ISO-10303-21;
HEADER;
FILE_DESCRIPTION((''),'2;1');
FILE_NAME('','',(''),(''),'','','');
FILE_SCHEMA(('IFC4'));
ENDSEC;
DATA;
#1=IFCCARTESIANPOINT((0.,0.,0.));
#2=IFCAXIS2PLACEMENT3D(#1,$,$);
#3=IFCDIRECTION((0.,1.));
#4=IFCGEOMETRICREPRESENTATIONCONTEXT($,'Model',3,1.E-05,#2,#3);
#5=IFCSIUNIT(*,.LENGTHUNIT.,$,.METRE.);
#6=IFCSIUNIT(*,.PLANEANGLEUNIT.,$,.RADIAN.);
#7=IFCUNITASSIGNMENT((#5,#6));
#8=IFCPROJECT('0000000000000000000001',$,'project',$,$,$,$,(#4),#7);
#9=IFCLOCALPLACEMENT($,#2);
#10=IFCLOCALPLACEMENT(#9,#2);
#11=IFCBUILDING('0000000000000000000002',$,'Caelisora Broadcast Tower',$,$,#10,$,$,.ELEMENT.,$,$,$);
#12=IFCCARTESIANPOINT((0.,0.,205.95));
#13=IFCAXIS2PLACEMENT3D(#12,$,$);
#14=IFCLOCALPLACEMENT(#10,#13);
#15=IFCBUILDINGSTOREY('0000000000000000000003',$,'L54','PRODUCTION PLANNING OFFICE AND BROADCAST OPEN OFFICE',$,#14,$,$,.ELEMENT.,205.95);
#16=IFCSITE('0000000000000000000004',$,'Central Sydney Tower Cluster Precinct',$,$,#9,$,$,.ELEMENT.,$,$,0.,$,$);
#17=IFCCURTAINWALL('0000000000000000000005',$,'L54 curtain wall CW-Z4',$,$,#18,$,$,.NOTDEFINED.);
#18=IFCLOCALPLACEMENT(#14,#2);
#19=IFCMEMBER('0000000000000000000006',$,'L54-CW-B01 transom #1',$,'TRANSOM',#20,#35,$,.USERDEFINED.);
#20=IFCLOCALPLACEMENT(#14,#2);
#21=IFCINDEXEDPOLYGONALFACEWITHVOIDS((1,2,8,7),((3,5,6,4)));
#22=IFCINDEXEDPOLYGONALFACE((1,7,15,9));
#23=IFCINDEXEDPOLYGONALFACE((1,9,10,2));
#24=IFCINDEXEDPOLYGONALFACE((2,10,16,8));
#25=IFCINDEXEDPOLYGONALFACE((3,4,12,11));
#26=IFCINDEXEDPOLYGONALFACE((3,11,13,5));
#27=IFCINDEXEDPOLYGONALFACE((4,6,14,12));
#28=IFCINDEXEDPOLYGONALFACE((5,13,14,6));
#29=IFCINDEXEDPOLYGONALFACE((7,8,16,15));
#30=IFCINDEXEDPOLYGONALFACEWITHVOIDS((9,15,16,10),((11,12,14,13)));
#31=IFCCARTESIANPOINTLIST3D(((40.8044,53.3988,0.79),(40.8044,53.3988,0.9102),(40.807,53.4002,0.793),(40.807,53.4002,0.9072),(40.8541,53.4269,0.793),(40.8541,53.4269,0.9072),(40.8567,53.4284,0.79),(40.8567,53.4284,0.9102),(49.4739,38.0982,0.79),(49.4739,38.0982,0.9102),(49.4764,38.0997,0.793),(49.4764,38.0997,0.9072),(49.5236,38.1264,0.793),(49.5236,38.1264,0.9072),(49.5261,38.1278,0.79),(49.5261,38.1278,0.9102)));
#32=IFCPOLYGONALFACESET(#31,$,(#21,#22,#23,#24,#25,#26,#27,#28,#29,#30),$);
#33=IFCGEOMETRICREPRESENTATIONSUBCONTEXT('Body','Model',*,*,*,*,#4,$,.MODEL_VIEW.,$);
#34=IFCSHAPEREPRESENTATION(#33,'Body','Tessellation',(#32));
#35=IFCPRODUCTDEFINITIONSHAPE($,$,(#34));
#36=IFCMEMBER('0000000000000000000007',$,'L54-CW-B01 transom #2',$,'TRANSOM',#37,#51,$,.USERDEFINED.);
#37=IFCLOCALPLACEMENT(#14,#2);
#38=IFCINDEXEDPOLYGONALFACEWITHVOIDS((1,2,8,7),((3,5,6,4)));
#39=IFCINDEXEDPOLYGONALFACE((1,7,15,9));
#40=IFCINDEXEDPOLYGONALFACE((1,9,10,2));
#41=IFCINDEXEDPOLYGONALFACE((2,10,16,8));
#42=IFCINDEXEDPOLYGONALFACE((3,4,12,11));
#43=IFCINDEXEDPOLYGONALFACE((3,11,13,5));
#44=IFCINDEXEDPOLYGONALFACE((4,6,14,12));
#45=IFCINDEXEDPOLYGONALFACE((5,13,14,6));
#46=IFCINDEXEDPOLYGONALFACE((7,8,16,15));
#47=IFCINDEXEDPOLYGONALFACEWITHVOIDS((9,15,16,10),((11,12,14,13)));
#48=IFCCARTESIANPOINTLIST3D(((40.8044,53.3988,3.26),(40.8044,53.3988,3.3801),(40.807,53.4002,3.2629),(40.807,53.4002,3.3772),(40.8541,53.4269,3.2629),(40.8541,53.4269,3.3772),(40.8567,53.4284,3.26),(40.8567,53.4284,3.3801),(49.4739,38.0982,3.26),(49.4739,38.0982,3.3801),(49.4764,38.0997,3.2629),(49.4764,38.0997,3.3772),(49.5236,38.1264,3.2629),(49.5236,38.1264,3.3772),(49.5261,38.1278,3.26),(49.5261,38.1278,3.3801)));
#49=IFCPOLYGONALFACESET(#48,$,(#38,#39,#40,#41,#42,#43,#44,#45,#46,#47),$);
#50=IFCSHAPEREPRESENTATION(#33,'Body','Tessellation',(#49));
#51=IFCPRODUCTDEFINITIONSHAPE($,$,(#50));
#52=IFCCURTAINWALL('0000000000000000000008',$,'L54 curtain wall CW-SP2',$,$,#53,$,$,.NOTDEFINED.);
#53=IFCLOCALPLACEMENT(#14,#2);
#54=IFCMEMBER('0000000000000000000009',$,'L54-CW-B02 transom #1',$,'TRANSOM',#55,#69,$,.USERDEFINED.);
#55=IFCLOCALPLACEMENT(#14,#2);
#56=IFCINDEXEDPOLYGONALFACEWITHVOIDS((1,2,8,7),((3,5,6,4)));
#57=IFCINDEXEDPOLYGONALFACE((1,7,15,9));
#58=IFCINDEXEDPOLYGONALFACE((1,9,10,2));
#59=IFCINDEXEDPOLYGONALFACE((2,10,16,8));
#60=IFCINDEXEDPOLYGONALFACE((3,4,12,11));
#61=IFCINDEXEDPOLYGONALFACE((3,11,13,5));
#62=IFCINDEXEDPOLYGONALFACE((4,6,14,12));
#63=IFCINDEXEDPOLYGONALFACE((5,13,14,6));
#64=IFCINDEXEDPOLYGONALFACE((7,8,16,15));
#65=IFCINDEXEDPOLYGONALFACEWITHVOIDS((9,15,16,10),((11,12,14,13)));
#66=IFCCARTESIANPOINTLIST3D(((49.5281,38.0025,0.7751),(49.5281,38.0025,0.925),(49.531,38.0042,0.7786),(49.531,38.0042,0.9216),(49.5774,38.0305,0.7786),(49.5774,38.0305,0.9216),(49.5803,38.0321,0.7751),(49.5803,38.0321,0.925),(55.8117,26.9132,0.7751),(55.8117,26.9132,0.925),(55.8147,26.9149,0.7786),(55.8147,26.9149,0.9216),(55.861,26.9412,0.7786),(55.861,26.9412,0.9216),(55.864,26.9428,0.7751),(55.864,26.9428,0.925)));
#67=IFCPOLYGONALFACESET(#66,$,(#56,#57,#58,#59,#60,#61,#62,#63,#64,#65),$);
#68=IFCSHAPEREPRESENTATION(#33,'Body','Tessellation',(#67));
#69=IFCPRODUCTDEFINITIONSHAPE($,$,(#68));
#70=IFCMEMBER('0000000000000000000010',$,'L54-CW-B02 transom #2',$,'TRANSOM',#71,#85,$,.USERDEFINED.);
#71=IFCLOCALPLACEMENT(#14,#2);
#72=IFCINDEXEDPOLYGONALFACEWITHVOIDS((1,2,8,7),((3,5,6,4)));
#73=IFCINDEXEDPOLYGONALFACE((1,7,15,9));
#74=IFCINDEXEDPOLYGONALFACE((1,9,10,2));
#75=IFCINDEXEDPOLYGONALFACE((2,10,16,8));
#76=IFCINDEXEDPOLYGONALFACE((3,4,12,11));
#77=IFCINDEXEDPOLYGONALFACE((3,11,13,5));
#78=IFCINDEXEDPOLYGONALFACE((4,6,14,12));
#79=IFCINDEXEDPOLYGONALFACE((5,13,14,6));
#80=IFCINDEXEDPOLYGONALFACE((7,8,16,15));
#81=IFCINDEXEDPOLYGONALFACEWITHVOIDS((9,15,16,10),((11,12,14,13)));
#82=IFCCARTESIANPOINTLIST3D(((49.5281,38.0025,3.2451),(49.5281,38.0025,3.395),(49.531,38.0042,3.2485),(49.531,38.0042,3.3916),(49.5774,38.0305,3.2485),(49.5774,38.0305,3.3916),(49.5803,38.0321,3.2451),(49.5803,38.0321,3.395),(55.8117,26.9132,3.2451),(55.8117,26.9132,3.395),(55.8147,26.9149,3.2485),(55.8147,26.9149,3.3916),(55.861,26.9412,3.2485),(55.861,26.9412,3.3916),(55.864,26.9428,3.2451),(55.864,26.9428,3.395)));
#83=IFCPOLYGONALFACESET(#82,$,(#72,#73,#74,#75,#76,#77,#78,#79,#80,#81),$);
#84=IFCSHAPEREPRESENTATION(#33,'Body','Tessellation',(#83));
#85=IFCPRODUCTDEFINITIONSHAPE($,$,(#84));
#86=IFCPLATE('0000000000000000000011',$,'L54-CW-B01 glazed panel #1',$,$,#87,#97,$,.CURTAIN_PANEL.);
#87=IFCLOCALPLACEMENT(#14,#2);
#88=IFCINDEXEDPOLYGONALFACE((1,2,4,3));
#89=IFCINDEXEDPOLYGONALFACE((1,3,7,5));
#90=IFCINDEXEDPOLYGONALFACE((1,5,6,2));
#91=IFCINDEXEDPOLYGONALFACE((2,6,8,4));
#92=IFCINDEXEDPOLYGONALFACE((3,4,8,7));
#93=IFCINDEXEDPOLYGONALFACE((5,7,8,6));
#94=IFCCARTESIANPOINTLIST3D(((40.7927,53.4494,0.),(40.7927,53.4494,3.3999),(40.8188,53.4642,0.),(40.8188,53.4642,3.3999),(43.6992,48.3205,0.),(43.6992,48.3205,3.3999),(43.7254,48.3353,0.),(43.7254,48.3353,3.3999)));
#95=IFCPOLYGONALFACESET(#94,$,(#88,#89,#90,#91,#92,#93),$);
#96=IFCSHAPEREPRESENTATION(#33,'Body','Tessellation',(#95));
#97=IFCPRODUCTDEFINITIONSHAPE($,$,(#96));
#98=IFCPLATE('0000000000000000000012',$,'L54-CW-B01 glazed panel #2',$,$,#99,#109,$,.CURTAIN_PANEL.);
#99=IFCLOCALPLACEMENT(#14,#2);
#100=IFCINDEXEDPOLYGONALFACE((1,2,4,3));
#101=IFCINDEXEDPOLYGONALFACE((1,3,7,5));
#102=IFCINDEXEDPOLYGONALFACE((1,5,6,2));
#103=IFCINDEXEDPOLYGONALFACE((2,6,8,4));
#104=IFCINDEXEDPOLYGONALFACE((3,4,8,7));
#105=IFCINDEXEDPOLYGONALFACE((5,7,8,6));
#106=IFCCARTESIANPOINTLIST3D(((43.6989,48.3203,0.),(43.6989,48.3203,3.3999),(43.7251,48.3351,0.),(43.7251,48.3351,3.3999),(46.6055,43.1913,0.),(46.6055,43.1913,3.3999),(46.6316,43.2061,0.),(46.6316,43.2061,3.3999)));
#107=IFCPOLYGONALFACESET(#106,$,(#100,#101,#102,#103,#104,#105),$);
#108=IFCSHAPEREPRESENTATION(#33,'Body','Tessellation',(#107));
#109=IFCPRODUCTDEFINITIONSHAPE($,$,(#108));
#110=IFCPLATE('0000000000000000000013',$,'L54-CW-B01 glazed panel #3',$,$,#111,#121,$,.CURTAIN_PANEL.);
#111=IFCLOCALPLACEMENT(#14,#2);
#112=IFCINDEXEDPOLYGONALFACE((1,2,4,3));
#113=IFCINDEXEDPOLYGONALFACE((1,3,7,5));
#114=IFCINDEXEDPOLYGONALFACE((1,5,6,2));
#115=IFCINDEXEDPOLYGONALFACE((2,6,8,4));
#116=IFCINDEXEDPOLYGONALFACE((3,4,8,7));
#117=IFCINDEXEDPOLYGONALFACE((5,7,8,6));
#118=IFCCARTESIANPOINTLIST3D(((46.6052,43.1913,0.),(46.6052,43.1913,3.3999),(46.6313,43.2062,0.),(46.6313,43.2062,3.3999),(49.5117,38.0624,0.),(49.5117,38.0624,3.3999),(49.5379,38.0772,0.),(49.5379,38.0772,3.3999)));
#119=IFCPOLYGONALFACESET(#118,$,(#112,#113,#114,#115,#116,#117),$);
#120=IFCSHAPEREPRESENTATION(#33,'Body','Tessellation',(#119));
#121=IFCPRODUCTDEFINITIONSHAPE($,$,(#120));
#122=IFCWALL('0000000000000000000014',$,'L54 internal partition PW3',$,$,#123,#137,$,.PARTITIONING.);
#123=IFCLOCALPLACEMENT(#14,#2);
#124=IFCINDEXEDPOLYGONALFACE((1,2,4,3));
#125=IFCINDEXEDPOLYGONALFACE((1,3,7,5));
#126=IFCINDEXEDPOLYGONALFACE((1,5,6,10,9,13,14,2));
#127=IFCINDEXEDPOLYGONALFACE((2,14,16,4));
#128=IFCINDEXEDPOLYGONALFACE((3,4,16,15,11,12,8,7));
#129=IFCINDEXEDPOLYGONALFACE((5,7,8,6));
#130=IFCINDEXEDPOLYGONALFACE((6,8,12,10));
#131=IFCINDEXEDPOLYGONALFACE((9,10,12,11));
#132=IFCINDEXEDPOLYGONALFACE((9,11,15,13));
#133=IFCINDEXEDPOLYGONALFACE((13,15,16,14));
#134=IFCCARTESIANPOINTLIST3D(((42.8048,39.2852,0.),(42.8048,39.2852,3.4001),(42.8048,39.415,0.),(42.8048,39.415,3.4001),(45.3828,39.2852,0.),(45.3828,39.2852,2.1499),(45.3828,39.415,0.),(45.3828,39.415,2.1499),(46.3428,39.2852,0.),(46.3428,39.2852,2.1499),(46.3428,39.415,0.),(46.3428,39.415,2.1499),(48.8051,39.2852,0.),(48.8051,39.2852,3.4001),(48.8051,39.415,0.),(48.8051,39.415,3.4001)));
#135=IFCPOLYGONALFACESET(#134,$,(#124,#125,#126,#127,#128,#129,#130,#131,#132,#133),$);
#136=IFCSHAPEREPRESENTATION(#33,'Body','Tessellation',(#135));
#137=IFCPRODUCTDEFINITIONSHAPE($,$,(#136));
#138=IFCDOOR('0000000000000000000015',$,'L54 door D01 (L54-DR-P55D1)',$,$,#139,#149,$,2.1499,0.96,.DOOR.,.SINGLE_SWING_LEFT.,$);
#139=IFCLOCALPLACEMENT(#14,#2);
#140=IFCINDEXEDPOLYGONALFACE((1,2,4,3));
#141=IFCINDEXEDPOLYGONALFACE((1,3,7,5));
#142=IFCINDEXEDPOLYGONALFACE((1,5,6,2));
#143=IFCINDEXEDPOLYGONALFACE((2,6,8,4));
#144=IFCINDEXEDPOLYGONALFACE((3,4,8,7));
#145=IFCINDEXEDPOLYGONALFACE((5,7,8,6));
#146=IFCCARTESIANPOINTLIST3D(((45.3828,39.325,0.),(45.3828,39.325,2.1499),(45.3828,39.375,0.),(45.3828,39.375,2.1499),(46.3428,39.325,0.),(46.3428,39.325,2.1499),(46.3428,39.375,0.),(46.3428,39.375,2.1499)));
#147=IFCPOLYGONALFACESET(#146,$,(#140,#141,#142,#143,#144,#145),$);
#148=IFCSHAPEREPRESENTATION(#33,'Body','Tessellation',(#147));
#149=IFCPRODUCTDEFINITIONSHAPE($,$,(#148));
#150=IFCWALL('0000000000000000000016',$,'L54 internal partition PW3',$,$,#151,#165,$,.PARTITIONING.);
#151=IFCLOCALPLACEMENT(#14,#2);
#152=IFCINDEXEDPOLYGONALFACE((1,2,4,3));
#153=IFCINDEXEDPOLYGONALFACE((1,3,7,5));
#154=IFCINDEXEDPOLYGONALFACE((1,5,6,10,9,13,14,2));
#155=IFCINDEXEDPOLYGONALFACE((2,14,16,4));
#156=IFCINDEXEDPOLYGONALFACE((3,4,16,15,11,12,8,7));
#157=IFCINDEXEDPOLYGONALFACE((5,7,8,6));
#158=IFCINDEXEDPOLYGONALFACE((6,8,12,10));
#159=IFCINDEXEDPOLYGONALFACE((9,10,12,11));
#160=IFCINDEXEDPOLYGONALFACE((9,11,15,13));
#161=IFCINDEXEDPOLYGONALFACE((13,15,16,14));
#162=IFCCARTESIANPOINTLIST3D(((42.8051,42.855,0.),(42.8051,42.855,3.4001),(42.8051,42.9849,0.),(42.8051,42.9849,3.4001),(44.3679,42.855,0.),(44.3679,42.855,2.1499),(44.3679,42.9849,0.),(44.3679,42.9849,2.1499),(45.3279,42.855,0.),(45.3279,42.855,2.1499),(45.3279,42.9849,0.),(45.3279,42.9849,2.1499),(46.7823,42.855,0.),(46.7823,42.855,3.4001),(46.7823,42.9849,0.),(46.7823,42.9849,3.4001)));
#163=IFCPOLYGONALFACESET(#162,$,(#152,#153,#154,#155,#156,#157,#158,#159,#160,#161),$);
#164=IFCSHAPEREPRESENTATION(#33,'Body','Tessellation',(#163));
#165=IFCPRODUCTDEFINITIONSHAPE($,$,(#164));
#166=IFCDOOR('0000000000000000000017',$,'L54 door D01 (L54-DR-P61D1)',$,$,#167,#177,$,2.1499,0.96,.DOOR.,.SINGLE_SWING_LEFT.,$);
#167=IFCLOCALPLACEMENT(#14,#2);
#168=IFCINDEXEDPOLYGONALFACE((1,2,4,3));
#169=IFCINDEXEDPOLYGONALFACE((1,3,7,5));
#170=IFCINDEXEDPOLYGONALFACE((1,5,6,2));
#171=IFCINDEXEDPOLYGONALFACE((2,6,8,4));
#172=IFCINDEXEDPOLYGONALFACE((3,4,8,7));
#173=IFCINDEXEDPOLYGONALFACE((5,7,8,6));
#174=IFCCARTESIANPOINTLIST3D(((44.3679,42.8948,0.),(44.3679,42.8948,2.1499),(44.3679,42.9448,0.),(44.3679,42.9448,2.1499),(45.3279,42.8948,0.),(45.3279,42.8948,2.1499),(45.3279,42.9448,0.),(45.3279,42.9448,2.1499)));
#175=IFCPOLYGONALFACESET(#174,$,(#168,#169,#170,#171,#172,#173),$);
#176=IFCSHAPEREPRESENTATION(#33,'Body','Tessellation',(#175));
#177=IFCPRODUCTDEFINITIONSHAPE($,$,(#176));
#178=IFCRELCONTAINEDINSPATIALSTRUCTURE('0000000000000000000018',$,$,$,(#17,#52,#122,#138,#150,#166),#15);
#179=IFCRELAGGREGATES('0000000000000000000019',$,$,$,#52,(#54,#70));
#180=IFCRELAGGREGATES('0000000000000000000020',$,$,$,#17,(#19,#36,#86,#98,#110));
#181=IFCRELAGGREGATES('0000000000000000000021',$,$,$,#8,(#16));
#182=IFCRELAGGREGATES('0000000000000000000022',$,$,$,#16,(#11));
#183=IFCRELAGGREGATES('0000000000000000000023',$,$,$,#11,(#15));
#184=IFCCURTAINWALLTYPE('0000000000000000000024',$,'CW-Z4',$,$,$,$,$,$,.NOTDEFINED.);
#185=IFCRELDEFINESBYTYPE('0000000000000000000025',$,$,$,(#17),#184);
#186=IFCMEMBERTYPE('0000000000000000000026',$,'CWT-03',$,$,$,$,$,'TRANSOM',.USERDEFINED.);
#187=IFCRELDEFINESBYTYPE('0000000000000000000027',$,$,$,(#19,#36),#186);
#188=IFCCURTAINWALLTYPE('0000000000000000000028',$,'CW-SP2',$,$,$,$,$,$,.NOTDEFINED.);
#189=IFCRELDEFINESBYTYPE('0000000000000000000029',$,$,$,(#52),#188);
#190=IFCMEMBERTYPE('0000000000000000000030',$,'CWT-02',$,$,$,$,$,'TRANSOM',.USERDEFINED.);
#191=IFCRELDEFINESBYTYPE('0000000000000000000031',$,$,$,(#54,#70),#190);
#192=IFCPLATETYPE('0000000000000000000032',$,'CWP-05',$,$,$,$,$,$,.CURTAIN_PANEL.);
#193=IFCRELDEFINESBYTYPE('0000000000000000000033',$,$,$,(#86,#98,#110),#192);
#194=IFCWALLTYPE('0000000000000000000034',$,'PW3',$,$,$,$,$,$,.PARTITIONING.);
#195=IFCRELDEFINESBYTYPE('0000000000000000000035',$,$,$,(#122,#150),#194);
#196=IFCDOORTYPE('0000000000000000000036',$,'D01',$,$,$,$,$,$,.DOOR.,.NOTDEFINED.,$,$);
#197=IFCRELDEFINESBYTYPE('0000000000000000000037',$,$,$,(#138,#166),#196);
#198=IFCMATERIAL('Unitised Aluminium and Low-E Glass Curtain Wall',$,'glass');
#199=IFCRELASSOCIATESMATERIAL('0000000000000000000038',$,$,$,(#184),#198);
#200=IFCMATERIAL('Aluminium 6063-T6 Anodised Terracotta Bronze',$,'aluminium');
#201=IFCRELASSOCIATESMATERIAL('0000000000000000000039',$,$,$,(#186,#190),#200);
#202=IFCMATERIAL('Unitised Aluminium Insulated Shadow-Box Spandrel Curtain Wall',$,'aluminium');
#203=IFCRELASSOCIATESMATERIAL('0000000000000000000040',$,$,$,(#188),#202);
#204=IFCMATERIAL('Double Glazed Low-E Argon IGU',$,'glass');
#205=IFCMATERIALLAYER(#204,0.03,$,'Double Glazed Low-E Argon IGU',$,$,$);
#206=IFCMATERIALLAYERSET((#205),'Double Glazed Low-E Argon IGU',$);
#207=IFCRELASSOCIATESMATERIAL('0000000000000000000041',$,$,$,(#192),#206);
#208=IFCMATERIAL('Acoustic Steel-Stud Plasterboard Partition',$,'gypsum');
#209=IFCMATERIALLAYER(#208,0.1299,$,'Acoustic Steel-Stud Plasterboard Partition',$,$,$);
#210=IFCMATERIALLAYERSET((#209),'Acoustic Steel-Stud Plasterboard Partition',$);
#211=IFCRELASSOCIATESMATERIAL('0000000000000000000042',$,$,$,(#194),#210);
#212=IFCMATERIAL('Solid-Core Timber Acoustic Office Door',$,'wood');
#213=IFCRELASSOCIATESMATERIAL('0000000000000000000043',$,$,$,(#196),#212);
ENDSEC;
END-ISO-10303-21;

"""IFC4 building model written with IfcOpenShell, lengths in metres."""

from ifc_helpers import new_model, si_unit, direction, frame, frame_2d, origin, origin_2d, place, context, subcontext, project, spatial, rectangle, hollow_rectangle, extrude, source, transform, mapped, material, layer, layer_set, material_profile, profile_set, type_object, type_shapes, element, fill, aggregate, save


model = new_model("IFC4")

# Units and contexts
model_context = context("Model", 3, precision=1e-05, world=origin(), true_north=direction((0.0, 1.0)))
body_context = subcontext(model_context, "Body", "Model", "MODEL_VIEW")
ifc_project = project(units=[si_unit("LENGTHUNIT", "METRE"), si_unit("PLANEANGLEUNIT", "RADIAN")], contexts=[model_context])

# Site, building, storey
site_placement = place(None, origin())
site = spatial("IfcSite", under=ifc_project, at=site_placement, Name="Central Sydney Tower Cluster Precinct", CompositionType="ELEMENT", RefElevation=0.0)
building_placement = place(site_placement, origin())
building = spatial("IfcBuilding", under=site, at=building_placement, Name="Caelisora Broadcast Tower", CompositionType="ELEMENT")
storey_placement = place(building_placement, frame((0.0, 0.0, 205.95)))
storey = spatial("IfcBuildingStorey", under=building, at=storey_placement, Name="L54", Description="PRODUCTION PLANNING OFFICE AND BROADCAST OPEN OFFICE", CompositionType="ELEMENT", Elevation=205.95)

# Curtain walls, members
ifc_material_1 = material(Name="Unitised Aluminium and Low-E Glass Curtain Wall", Category="glass")
curtain_wall_type_1 = type_object("IfcCurtainWallType", Name="CW-Z4", PredefinedType="NOTDEFINED", material=ifc_material_1)
curtain_wall_1_placement = place(storey_placement, origin())
curtain_wall_1 = element("IfcCurtainWall", 1, at=curtain_wall_1_placement, inside=storey, type_object=curtain_wall_type_1, Name="L54 curtain wall CW-Z4", PredefinedType="NOTDEFINED")
ifc_material_2 = material(Name="Aluminium 6063-T6 Anodised Terracotta Bronze", Category="aluminium")
ifc_material_profile_1 = material_profile(ifc_material_2, hollow_rectangle(XDim=0.0601, YDim=0.1201, WallThickness=0.0029, at=origin_2d()), Name="Aluminium 6063-T6 Anodised Terracotta Bronze")
ifc_profile_set_1 = profile_set([ifc_material_profile_1], Name="Aluminium 6063-T6 Anodised Terracotta Bronze")
member_type_1 = type_object("IfcMemberType", Name="CWT-03", ElementType="TRANSOM", PredefinedType="USERDEFINED", material=ifc_profile_set_1)
shared_shape_1 = source(origin(), body_context, "Body", "SweptSolid", [
    extrude(hollow_rectangle(XDim=0.0601, YDim=0.1201, WallThickness=0.0029, at=origin_2d()), origin(), (0.0, 0.0, 1.0), 17.5859),
])
type_shapes(member_type_1, [shared_shape_1])
member_1_placement = place(storey_placement, frame((40.8306, 53.4136, 0.8501), z_axis=(0.492975, -0.870043, 0.0), x_axis=(0.870043, 0.492975, 0.0)))
member_1 = element("IfcMember", 2, at=member_1_placement, type_object=member_type_1, Name="L54-CW-B01 transom #1", ObjectType="TRANSOM", PredefinedType="USERDEFINED", context=body_context, shape_type="MappedRepresentation", body=[
    mapped(shared_shape_1, transform((0.0, 0.0, 0.0), scale=1.0)),
])
member_2_placement = place(storey_placement, frame((40.8306, 53.4136, 3.3201), z_axis=(0.492975, -0.870043, 0.0), x_axis=(0.870043, 0.492975, 0.0)))
member_2 = element("IfcMember", 3, at=member_2_placement, type_object=member_type_1, Name="L54-CW-B01 transom #2", ObjectType="TRANSOM", PredefinedType="USERDEFINED", context=body_context, shape_type="MappedRepresentation", body=[
    mapped(shared_shape_1, transform((0.0, 0.0, 0.0), scale=1.0)),
])
ifc_material_3 = material(Name="Unitised Aluminium Insulated Shadow-Box Spandrel Curtain Wall", Category="aluminium")
curtain_wall_type_2 = type_object("IfcCurtainWallType", Name="CW-SP2", PredefinedType="NOTDEFINED", material=ifc_material_3)
curtain_wall_2_placement = place(storey_placement, origin())
curtain_wall_2 = element("IfcCurtainWall", 4, at=curtain_wall_2_placement, inside=storey, type_object=curtain_wall_type_2, Name="L54 curtain wall CW-SP2", PredefinedType="NOTDEFINED")
ifc_material_profile_2 = material_profile(ifc_material_2, hollow_rectangle(XDim=0.0601, YDim=0.1499, WallThickness=0.0034, at=origin_2d()), Name="Aluminium 6063-T6 Anodised Terracotta Bronze")
ifc_profile_set_2 = profile_set([ifc_material_profile_2], Name="Aluminium 6063-T6 Anodised Terracotta Bronze")
member_type_2 = type_object("IfcMemberType", Name="CWT-02", ElementType="TRANSOM", PredefinedType="USERDEFINED", material=ifc_profile_set_2)
shared_shape_2 = source(origin(), body_context, "Body", "SweptSolid", [
    extrude(hollow_rectangle(XDim=0.0601, YDim=0.1499, WallThickness=0.0034, at=origin_2d()), origin(), (0.0, 0.0, 1.0), 12.7458),
])
type_shapes(member_type_2, [shared_shape_2])
member_3_placement = place(storey_placement, frame((49.5542, 38.0173, 0.8501), z_axis=(0.492996, -0.870031, 0.0), x_axis=(0.870031, 0.492996, 0.0)))
member_3 = element("IfcMember", 5, at=member_3_placement, type_object=member_type_2, Name="L54-CW-B02 transom #1", ObjectType="TRANSOM", PredefinedType="USERDEFINED", context=body_context, shape_type="MappedRepresentation", body=[
    mapped(shared_shape_2, transform((0.0, 0.0, 0.0), scale=1.0)),
])
member_4_placement = place(storey_placement, frame((49.5542, 38.0173, 3.3201), z_axis=(0.492996, -0.870031, 0.0), x_axis=(0.870031, 0.492996, 0.0)))
member_4 = element("IfcMember", 6, at=member_4_placement, type_object=member_type_2, Name="L54-CW-B02 transom #2", ObjectType="TRANSOM", PredefinedType="USERDEFINED", context=body_context, shape_type="MappedRepresentation", body=[
    mapped(shared_shape_2, transform((0.0, 0.0, 0.0), scale=1.0)),
])
aggregate(curtain_wall_2, [member_3, member_4])

# Plates
ifc_material_4 = material(Name="Double Glazed Low-E Argon IGU", Category="glass")
ifc_layer_1 = layer(ifc_material_4, 0.03, Name="Double Glazed Low-E Argon IGU")
ifc_layer_set_1 = layer_set([ifc_layer_1], Name="Double Glazed Low-E Argon IGU")
plate_type = type_object("IfcPlateType", Name="CWP-05", PredefinedType="CURTAIN_PANEL", material=ifc_layer_set_1)
shared_shape_3 = source(origin(), body_context, "Body", "SweptSolid", [
    extrude(rectangle(XDim=5.8953, YDim=0.03, at=origin_2d()), origin(), (0.0, 0.0, 1.0), 3.3999),
])
type_shapes(plate_type, [shared_shape_3])
plate_1_placement = place(storey_placement, frame((42.259, 50.8923, 0.0), z_axis=(0.0, 0.0, 1.0), x_axis=(0.493031, -0.870012, 0.0)))
plate_1 = element("IfcPlate", 7, at=plate_1_placement, type_object=plate_type, Name="L54-CW-B01 glazed panel #1", PredefinedType="CURTAIN_PANEL", context=body_context, shape_type="MappedRepresentation", body=[
    mapped(shared_shape_3, transform((0.0, 0.0, 0.0), scale=1.0)),
])
plate_2_placement = place(storey_placement, frame((45.1653, 45.7632, 0.0), z_axis=(0.0, 0.0, 1.0), x_axis=(0.493031, -0.870012, 0.0)))
plate_2 = element("IfcPlate", 8, at=plate_2_placement, type_object=plate_type, Name="L54-CW-B01 glazed panel #2", PredefinedType="CURTAIN_PANEL", context=body_context, shape_type="MappedRepresentation", body=[
    mapped(shared_shape_3, transform((0.0, 0.0, 0.0), scale=1.0)),
])
plate_3_placement = place(storey_placement, frame((48.0715, 40.6343, 0.0), z_axis=(0.0, 0.0, 1.0), x_axis=(0.493031, -0.870012, 0.0)))
plate_3 = element("IfcPlate", 9, at=plate_3_placement, type_object=plate_type, Name="L54-CW-B01 glazed panel #3", PredefinedType="CURTAIN_PANEL", context=body_context, shape_type="MappedRepresentation", body=[
    mapped(shared_shape_3, transform((0.0, 0.0, 0.0), scale=1.0)),
])
aggregate(curtain_wall_1, [member_1, member_2, plate_1, plate_2, plate_3])

# Walls, openings, doors
ifc_material_5 = material(Name="Acoustic Steel-Stud Plasterboard Partition", Category="gypsum")
ifc_layer_2 = layer(ifc_material_5, 0.1299, Name="Acoustic Steel-Stud Plasterboard Partition")
ifc_layer_set_2 = layer_set([ifc_layer_2], Name="Acoustic Steel-Stud Plasterboard Partition")
wall_type = type_object("IfcWallType", Name="PW3", PredefinedType="PARTITIONING", material=ifc_layer_set_2)
wall_1_placement = place(storey_placement, frame((42.8049, 39.3501, 0.0), z_axis=(0.0, 0.0, 1.0), x_axis=(1.0, 0.0, 0.0)))
wall_1 = element("IfcWall", 10, at=wall_1_placement, inside=storey, type_object=wall_type, Name="L54 internal partition PW3", PredefinedType="PARTITIONING", context=body_context, shape_type="SweptSolid", body=[
    extrude(rectangle(XDim=6.0002, YDim=0.1299, at=frame_2d((3.0, 0.0))), origin(), (0.0, 0.0, 1.0), 3.4001),
])
opening_1_placement = place(wall_1_placement, frame((2.5779, 0.0, 0.0)))
opening_1 = element("IfcOpeningElement", 11, at=opening_1_placement, cuts=wall_1, PredefinedType="OPENING", context=body_context, shape_type="SweptSolid", body=[
    extrude(rectangle(XDim=0.96, YDim=2.1499, at=frame_2d((0.48, 1.075))), frame((0.0, 0.0769, 0.0), z_axis=(0.0, -1.0, 0.0), x_axis=(1.0, 0.0, 0.0)), (0.0, 0.0, 1.0), 0.1538),
])
ifc_material_6 = material(Name="Solid-Core Timber Acoustic Office Door", Category="wood")
door_type = type_object("IfcDoorType", Name="D01", OperationType="NOTDEFINED", PredefinedType="DOOR", material=ifc_material_6)
door_1_placement = place(opening_1_placement, origin())
door_1 = element("IfcDoor", 12, at=door_1_placement, inside=storey, type_object=door_type, Name="L54 door D01 (L54-DR-P55D1)", OperationType="SINGLE_SWING_LEFT", OverallHeight=2.1499, OverallWidth=0.96, PredefinedType="DOOR", context=body_context, shape_type="SweptSolid", body=[
    extrude(rectangle(XDim=0.96, YDim=2.1499, at=frame_2d((0.48, 1.075))), frame((0.0, 0.0249, 0.0), z_axis=(0.0, -1.0, 0.0), x_axis=(1.0, 0.0, 0.0)), (0.0, 0.0, 1.0), 0.05),
])
fill(opening_1, door_1)
wall_2_placement = place(storey_placement, frame((42.8049, 42.9199, 0.0), z_axis=(0.0, 0.0, 1.0), x_axis=(1.0, 0.0, 0.0)))
wall_2 = element("IfcWall", 13, at=wall_2_placement, inside=storey, type_object=wall_type, Name="L54 internal partition PW3", PredefinedType="PARTITIONING", context=body_context, shape_type="SweptSolid", body=[
    extrude(rectangle(XDim=3.9773, YDim=0.1299, at=frame_2d((1.9888, 0.0))), origin(), (0.0, 0.0, 1.0), 3.4001),
])
opening_2_placement = place(wall_2_placement, frame((1.563, 0.0, 0.0)))
opening_2 = element("IfcOpeningElement", 14, at=opening_2_placement, cuts=wall_2, PredefinedType="OPENING", context=body_context, shape_type="SweptSolid", body=[
    extrude(rectangle(XDim=0.96, YDim=2.1499, at=frame_2d((0.48, 1.075))), frame((0.0, 0.0769, 0.0), z_axis=(0.0, -1.0, 0.0), x_axis=(1.0, 0.0, 0.0)), (0.0, 0.0, 1.0), 0.1538),
])
door_2_placement = place(opening_2_placement, origin())
door_2 = element("IfcDoor", 15, at=door_2_placement, inside=storey, type_object=door_type, Name="L54 door D01 (L54-DR-P61D1)", OperationType="SINGLE_SWING_LEFT", OverallHeight=2.1499, OverallWidth=0.96, PredefinedType="DOOR", context=body_context, shape_type="SweptSolid", body=[
    extrude(rectangle(XDim=0.96, YDim=2.1499, at=frame_2d((0.48, 1.075))), frame((0.0, 0.0249, 0.0), z_axis=(0.0, -1.0, 0.0), x_axis=(1.0, 0.0, 0.0)), (0.0, 0.0, 1.0), 0.05),
])
fill(opening_2, door_2)

save(model, "model.ifc")
